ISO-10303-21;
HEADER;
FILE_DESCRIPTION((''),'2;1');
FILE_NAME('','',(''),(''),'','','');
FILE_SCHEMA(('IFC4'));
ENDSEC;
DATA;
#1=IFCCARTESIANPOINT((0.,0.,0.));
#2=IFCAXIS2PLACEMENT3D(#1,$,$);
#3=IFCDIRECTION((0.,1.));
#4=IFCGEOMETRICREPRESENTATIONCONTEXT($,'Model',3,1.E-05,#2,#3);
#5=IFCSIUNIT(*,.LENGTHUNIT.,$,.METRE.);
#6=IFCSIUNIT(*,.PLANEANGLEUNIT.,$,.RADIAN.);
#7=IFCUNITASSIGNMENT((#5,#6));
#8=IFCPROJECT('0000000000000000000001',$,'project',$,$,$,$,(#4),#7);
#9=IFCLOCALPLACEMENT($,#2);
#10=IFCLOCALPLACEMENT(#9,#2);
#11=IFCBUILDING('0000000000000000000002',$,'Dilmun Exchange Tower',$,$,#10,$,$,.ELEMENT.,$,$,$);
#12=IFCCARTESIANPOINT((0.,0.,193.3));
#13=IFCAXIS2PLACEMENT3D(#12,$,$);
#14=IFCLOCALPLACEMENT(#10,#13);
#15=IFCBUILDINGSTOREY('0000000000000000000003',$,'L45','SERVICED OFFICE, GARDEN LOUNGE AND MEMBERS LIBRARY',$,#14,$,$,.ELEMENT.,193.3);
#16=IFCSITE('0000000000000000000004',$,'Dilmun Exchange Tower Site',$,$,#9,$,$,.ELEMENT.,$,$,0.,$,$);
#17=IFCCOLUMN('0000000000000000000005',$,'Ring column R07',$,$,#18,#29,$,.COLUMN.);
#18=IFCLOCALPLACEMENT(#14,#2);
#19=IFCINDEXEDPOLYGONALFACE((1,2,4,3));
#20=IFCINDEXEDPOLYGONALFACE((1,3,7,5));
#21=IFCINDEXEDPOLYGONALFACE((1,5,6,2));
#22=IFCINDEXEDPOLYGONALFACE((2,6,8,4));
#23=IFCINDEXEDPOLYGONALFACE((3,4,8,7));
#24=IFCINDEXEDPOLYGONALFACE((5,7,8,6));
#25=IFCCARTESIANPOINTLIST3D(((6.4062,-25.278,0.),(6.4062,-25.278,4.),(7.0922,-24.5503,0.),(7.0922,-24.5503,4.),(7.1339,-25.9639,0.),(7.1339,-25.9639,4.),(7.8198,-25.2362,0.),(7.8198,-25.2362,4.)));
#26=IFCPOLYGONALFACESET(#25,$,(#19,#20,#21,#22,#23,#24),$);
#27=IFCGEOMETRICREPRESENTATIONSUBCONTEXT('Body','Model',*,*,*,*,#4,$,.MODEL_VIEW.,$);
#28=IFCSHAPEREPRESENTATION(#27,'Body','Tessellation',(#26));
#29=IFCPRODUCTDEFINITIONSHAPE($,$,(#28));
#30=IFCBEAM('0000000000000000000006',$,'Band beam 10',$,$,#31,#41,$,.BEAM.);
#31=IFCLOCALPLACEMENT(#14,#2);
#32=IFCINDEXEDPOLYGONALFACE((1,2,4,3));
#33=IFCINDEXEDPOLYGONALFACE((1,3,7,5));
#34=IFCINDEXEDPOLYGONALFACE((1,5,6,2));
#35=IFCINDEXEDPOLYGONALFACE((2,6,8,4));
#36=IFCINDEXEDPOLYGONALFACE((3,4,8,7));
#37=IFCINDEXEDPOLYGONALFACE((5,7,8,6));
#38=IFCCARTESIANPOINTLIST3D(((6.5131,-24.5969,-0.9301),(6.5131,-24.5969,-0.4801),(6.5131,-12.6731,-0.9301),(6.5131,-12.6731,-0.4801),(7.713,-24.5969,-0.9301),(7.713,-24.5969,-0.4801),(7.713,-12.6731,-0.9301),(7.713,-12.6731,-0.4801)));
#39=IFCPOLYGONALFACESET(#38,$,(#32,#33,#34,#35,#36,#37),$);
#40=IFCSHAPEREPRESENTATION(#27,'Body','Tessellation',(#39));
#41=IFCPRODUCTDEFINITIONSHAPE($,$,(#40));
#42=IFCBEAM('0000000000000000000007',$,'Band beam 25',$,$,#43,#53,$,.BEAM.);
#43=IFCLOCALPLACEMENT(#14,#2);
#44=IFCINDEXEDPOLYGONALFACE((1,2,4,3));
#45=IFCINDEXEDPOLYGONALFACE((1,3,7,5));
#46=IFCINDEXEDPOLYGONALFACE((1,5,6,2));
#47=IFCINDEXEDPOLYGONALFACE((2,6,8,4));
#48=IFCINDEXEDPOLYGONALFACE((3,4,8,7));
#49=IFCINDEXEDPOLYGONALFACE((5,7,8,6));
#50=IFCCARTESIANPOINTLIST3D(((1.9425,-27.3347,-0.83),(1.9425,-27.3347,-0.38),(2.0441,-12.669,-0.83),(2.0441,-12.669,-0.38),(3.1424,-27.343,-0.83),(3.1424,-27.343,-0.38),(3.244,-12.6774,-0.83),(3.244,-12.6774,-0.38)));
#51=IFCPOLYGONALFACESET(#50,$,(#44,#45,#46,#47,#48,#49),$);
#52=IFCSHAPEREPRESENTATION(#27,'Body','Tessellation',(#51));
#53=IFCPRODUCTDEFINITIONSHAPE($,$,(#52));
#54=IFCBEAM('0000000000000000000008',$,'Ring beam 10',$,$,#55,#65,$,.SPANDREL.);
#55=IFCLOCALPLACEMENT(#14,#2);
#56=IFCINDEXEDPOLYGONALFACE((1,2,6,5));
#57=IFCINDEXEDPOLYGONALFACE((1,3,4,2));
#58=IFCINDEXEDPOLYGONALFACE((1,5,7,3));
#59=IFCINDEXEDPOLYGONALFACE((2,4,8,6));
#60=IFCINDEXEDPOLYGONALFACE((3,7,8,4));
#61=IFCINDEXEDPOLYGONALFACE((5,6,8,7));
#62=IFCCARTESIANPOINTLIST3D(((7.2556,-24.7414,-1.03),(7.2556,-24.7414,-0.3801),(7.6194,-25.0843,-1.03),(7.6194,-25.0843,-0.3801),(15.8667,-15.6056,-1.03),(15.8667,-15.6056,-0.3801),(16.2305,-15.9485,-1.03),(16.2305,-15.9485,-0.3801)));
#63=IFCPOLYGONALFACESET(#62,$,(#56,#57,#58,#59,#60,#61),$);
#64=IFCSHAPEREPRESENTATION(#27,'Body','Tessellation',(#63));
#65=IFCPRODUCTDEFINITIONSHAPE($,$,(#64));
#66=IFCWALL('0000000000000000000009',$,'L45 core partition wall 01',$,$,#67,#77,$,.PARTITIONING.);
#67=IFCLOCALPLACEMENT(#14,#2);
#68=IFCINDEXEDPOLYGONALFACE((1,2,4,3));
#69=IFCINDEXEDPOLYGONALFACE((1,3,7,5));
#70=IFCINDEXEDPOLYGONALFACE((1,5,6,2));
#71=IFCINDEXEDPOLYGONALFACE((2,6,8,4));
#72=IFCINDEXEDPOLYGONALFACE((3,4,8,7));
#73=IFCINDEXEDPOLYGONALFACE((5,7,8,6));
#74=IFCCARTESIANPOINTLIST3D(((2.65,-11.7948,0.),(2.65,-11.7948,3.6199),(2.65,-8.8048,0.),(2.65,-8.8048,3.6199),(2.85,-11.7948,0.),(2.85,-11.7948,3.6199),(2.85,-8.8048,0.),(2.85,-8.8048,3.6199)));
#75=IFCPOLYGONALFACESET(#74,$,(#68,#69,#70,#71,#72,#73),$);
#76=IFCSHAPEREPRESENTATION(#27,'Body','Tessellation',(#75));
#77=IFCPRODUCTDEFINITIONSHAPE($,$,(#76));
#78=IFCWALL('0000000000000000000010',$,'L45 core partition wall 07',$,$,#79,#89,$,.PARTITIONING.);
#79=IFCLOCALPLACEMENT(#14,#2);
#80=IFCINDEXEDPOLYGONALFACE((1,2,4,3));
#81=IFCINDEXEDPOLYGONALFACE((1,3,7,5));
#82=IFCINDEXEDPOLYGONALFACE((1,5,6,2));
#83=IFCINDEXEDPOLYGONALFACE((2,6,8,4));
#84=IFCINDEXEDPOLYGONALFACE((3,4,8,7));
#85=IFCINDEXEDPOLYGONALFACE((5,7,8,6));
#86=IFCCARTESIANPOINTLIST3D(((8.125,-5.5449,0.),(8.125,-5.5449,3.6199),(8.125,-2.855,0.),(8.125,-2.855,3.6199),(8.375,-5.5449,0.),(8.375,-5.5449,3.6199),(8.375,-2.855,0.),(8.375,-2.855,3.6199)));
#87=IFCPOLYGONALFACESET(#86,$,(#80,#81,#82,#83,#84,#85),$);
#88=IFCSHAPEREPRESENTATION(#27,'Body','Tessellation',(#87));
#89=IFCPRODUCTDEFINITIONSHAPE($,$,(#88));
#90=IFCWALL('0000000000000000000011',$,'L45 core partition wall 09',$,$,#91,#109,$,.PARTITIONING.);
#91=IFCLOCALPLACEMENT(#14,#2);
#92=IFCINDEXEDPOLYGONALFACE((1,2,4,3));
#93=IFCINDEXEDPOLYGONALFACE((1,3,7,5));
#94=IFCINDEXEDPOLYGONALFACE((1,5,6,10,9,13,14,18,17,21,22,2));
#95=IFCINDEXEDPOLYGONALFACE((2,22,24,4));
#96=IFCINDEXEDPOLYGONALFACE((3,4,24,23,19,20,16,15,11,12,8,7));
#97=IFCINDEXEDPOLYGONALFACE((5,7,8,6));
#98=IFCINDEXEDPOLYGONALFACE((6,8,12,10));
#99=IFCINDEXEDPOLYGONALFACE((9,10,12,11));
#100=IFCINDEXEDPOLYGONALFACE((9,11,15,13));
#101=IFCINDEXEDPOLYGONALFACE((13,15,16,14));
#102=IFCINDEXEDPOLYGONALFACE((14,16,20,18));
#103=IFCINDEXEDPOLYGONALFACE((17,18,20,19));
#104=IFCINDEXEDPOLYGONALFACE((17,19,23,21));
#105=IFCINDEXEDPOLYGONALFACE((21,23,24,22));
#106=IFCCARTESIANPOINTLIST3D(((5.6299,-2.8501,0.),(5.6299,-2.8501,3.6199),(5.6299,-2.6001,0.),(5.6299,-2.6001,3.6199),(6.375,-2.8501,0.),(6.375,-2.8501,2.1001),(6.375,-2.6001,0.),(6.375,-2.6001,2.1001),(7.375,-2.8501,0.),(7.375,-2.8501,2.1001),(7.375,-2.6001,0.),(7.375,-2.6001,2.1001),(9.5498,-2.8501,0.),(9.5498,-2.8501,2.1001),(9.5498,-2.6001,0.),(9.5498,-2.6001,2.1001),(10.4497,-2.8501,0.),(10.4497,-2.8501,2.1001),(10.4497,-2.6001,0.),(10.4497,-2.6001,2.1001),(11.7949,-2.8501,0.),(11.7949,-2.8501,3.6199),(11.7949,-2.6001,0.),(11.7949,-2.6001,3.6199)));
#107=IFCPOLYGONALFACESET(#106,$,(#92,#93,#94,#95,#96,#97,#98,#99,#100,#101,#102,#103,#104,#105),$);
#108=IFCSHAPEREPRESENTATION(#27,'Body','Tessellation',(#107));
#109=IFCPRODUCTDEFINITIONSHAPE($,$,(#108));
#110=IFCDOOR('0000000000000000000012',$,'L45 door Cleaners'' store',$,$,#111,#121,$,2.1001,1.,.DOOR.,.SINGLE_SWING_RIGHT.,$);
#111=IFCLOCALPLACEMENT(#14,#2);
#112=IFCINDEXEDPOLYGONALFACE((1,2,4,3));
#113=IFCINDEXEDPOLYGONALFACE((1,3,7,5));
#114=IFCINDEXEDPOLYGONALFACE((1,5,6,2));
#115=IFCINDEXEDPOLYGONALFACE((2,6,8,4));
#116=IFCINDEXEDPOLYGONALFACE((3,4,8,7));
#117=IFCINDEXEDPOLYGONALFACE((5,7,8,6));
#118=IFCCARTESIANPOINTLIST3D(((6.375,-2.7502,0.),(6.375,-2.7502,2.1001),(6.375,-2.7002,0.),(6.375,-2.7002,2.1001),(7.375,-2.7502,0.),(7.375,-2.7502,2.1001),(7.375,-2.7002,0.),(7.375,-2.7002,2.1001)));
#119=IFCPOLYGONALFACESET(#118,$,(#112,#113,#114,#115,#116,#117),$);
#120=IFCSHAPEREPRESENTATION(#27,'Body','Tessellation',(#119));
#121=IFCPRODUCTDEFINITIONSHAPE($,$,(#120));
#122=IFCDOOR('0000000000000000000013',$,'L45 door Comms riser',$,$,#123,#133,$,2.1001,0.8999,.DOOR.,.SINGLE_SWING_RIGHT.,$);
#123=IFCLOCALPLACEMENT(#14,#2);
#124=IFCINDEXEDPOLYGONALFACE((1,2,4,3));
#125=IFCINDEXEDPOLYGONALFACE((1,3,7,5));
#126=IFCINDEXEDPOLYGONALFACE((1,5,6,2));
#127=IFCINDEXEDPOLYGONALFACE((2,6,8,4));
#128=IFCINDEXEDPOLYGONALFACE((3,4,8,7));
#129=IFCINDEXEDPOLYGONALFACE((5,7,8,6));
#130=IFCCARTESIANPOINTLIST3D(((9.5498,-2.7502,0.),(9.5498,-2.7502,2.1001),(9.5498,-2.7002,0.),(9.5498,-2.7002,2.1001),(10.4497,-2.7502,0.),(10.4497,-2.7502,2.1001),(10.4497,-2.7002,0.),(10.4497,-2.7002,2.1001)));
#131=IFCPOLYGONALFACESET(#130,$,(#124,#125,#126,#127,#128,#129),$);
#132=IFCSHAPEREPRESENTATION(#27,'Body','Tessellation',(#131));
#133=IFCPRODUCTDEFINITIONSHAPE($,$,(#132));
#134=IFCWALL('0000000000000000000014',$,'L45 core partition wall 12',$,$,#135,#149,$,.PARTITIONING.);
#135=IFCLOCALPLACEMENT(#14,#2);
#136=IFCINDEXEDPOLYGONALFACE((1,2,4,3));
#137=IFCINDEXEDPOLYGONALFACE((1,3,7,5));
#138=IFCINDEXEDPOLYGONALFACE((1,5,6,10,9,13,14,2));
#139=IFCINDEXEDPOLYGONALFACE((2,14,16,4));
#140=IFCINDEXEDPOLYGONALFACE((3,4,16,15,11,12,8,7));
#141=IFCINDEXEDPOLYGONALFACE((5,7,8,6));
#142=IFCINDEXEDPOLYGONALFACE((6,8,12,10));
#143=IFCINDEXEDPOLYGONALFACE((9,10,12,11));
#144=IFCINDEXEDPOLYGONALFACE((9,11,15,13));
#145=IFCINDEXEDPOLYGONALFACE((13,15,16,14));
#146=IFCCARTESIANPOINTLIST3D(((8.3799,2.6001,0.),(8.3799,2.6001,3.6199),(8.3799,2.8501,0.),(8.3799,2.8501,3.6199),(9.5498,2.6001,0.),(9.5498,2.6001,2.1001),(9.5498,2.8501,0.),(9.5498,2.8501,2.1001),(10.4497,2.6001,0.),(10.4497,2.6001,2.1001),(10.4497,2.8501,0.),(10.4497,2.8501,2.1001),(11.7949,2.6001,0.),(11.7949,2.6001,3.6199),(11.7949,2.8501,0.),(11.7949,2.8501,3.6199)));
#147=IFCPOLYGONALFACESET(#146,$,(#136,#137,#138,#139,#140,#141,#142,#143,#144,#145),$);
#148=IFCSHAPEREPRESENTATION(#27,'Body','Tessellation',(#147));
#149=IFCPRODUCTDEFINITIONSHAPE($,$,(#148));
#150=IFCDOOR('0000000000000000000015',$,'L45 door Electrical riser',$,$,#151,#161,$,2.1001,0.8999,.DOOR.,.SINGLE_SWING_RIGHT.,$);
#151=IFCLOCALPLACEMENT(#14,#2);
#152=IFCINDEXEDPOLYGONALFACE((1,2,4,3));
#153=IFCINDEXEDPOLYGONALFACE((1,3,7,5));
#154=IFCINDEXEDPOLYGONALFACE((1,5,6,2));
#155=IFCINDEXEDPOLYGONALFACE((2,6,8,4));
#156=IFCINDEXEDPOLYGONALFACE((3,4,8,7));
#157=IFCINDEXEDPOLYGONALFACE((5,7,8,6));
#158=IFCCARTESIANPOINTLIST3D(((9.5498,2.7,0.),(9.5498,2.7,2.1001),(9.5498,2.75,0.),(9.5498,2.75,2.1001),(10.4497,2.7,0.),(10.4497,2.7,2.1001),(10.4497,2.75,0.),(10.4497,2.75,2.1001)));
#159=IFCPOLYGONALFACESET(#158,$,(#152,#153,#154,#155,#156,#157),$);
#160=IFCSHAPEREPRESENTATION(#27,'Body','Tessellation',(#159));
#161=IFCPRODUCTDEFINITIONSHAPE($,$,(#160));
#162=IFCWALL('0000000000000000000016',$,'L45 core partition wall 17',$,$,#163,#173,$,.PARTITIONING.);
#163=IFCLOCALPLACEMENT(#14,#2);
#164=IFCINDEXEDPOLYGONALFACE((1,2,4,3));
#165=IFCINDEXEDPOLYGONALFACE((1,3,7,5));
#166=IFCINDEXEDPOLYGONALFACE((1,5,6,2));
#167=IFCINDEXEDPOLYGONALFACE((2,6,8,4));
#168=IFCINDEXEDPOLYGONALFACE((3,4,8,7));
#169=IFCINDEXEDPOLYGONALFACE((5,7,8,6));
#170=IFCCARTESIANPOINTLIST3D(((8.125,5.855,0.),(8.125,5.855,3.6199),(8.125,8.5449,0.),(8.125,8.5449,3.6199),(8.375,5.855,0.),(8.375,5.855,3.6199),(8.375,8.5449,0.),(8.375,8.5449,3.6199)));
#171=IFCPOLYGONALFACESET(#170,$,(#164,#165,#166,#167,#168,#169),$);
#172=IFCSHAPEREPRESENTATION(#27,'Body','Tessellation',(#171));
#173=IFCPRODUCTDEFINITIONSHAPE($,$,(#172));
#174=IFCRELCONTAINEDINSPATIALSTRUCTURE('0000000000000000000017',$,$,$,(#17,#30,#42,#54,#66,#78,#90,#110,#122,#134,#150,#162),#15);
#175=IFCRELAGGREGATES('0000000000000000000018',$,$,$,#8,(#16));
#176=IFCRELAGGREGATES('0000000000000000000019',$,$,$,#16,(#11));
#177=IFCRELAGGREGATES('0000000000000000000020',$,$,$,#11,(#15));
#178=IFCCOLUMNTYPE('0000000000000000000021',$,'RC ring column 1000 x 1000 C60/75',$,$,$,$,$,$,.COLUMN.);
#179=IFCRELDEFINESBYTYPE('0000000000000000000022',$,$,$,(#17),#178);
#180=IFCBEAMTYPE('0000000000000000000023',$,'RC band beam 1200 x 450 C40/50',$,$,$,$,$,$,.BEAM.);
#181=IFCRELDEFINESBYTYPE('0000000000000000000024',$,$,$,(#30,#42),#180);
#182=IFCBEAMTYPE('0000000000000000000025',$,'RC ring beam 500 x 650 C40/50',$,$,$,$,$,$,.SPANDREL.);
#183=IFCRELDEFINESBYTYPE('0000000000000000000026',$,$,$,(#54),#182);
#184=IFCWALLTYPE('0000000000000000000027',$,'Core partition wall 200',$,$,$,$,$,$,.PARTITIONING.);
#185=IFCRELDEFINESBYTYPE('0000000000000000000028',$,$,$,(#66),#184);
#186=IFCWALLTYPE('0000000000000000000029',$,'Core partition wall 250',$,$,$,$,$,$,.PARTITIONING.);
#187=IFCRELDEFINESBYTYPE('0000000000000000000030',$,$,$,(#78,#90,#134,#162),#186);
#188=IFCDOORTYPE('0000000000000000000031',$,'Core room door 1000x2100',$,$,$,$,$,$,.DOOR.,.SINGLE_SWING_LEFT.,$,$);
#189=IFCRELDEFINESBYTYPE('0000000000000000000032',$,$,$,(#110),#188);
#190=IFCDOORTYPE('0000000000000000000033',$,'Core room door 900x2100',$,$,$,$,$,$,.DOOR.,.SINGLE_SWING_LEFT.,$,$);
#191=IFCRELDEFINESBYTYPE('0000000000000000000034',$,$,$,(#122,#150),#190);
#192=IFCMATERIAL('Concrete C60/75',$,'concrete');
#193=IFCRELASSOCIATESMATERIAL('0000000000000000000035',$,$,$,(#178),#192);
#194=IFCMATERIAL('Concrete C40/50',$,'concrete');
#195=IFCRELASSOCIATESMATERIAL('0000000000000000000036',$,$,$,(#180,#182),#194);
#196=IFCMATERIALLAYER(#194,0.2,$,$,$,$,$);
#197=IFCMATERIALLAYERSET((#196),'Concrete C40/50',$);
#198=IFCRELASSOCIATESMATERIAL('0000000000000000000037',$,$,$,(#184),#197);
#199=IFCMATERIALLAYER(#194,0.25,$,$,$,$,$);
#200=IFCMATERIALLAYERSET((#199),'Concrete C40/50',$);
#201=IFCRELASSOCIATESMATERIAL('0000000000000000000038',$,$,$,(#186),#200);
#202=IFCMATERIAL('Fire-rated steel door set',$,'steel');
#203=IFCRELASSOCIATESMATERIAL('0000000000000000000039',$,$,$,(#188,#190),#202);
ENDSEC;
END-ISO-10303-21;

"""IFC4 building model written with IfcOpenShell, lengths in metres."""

from ifc_helpers import new_model, si_unit, direction, frame, frame_2d, origin, origin_2d, place, context, subcontext, project, spatial, rectangle, extrude, material, layer, layer_set, material_profile, profile_set, type_object, element, fill, save


model = new_model("IFC4")

# Units and contexts
model_context = context("Model", 3, precision=1e-05, world=origin(), true_north=direction((0.0, 1.0)))
body_context = subcontext(model_context, "Body", "Model", "MODEL_VIEW")
ifc_project = project(units=[si_unit("LENGTHUNIT", "METRE"), si_unit("PLANEANGLEUNIT", "RADIAN")], contexts=[model_context])

# Site, building, storey
site_placement = place(None, origin())
site = spatial("IfcSite", under=ifc_project, at=site_placement, Name="Dilmun Exchange Tower Site", CompositionType="ELEMENT", RefElevation=0.0)
building_placement = place(site_placement, origin())
building = spatial("IfcBuilding", under=site, at=building_placement, Name="Dilmun Exchange Tower", CompositionType="ELEMENT")
storey_placement = place(building_placement, frame((0.0, 0.0, 193.3)))
storey = spatial("IfcBuildingStorey", under=building, at=storey_placement, Name="L45", Description="SERVICED OFFICE, GARDEN LOUNGE AND MEMBERS LIBRARY", CompositionType="ELEMENT", Elevation=193.3)

# Column
ifc_material_1 = material(Name="Concrete C60/75", Category="concrete")
ifc_material_profile_1 = material_profile(ifc_material_1, rectangle(XDim=1.0, YDim=1.0, at=origin_2d()), Name="1000 x 1000")
ifc_profile_set_1 = profile_set([ifc_material_profile_1], Name="Concrete C60/75")
column_type = type_object("IfcColumnType", Name="RC ring column 1000 x 1000 C60/75", PredefinedType="COLUMN", material=ifc_profile_set_1)
column_placement = place(storey_placement, frame((7.113, -25.2571, 0.0), z_axis=(0.0, 0.0, 1.0), x_axis=(0.685916, 0.727681, 0.0)))
element("IfcColumn", 1, at=column_placement, inside=storey, type_object=column_type, Name="Ring column R07", PredefinedType="COLUMN", context=body_context, shape_type="SweptSolid", body=[
    extrude(rectangle(XDim=1.0, YDim=1.0, at=origin_2d()), origin(), (0.0, 0.0, 1.0), 4.0),
])

# Beams
ifc_material_2 = material(Name="Concrete C40/50", Category="concrete")
ifc_material_profile_2 = material_profile(ifc_material_2, rectangle(XDim=1.2, YDim=0.45, at=origin_2d()), Name="1200 x 450")
ifc_profile_set_2 = profile_set([ifc_material_profile_2], Name="Concrete C40/50")
beam_type_1 = type_object("IfcBeamType", Name="RC band beam 1200 x 450 C40/50", PredefinedType="BEAM", material=ifc_profile_set_2)
beam_1_placement = place(storey_placement, frame((7.113, -24.5969, -0.7051), z_axis=(0.0, 1.0, 0.0), x_axis=(-1.0, 0.0, 0.0)))
element("IfcBeam", 2, at=beam_1_placement, inside=storey, type_object=beam_type_1, Name="Band beam 10", PredefinedType="BEAM", context=body_context, shape_type="SweptSolid", body=[
    extrude(rectangle(XDim=1.2, YDim=0.45, at=origin_2d()), origin(), (0.0, 0.0, 1.0), 11.9238),
])
beam_2_placement = place(storey_placement, frame((2.5425, -27.3389, -0.605), z_axis=(0.006925, 0.999976, 0.0), x_axis=(-0.999976, 0.006925, 0.0)))
element("IfcBeam", 3, at=beam_2_placement, inside=storey, type_object=beam_type_1, Name="Band beam 25", PredefinedType="BEAM", context=body_context, shape_type="SweptSolid", body=[
    extrude(rectangle(XDim=1.2, YDim=0.45, at=origin_2d()), origin(), (0.0, 0.0, 1.0), 14.666),
])
ifc_material_profile_3 = material_profile(ifc_material_2, rectangle(XDim=0.5, YDim=0.6499, at=origin_2d()), Name="500 x 650")
ifc_profile_set_3 = profile_set([ifc_material_profile_3], Name="Concrete C40/50")
beam_type_2 = type_object("IfcBeamType", Name="RC ring beam 500 x 650 C40/50", PredefinedType="SPANDREL", material=ifc_profile_set_3)
beam_3_placement = place(storey_placement, frame((7.4375, -24.9128, -0.7051), z_axis=(0.685903, 0.727693, 0.0), x_axis=(-0.727693, 0.685903, 0.0)))
element("IfcBeam", 4, at=beam_3_placement, inside=storey, type_object=beam_type_2, Name="Ring beam 10", PredefinedType="SPANDREL", context=body_context, shape_type="SweptSolid", body=[
    extrude(rectangle(XDim=0.5, YDim=0.6499, at=origin_2d()), origin(), (0.0, 0.0, 1.0), 12.5544),
])

# Walls
ifc_layer_1 = layer(ifc_material_2, 0.2)
ifc_layer_set_1 = layer_set([ifc_layer_1], Name="Concrete C40/50")
wall_type_1 = type_object("IfcWallType", Name="Core partition wall 200", PredefinedType="PARTITIONING", material=ifc_layer_set_1)
wall_1_placement = place(storey_placement, frame((2.75, -11.7949, 0.0), z_axis=(0.0, 0.0, 1.0), x_axis=(0.0, 1.0, 0.0)))
element("IfcWall", 5, at=wall_1_placement, inside=storey, type_object=wall_type_1, Name="L45 core partition wall 01", PredefinedType="PARTITIONING", context=body_context, shape_type="SweptSolid", body=[
    extrude(rectangle(XDim=2.99, YDim=0.2, at=frame_2d((1.4951, 0.0))), origin(), (0.0, 0.0, 1.0), 3.6199),
])
ifc_layer_2 = layer(ifc_material_2, 0.25)
ifc_layer_set_2 = layer_set([ifc_layer_2], Name="Concrete C40/50")
wall_type_2 = type_object("IfcWallType", Name="Core partition wall 250", PredefinedType="PARTITIONING", material=ifc_layer_set_2)
wall_2_placement = place(storey_placement, frame((8.25, -5.5449, 0.0), z_axis=(0.0, 0.0, 1.0), x_axis=(0.0, 1.0, 0.0)))
element("IfcWall", 6, at=wall_2_placement, inside=storey, type_object=wall_type_2, Name="L45 core partition wall 07", PredefinedType="PARTITIONING", context=body_context, shape_type="SweptSolid", body=[
    extrude(rectangle(XDim=2.6899, YDim=0.25, at=frame_2d((1.345, 0.0))), origin(), (0.0, 0.0, 1.0), 3.6199),
])

# Wall, openings, doors
wall_3_placement = place(storey_placement, frame((5.6299, -2.7251, 0.0), z_axis=(0.0, 0.0, 1.0), x_axis=(1.0, 0.0, 0.0)))
wall_3 = element("IfcWall", 7, at=wall_3_placement, inside=storey, type_object=wall_type_2, Name="L45 core partition wall 09", PredefinedType="PARTITIONING", context=body_context, shape_type="SweptSolid", body=[
    extrude(rectangle(XDim=6.165, YDim=0.25, at=frame_2d((3.0825, 0.0))), origin(), (0.0, 0.0, 1.0), 3.6199),
])
opening_1_placement = place(wall_3_placement, frame((0.7451, 0.0, 0.0)))
opening_1 = element("IfcOpeningElement", 8, at=opening_1_placement, cuts=wall_3, PredefinedType="OPENING", context=body_context, shape_type="SweptSolid", body=[
    extrude(rectangle(XDim=1.0, YDim=2.1001, at=frame_2d((0.5, 1.05))), frame((0.0, 0.135, 0.0), z_axis=(0.0, -1.0, 0.0), x_axis=(1.0, 0.0, 0.0)), (0.0, 0.0, 1.0), 0.27),
])
opening_2_placement = place(wall_3_placement, frame((3.9199, 0.0, 0.0)))
opening_2 = element("IfcOpeningElement", 9, at=opening_2_placement, cuts=wall_3, PredefinedType="OPENING", context=body_context, shape_type="SweptSolid", body=[
    extrude(rectangle(XDim=0.8999, YDim=2.1001, at=frame_2d((0.45, 1.05))), frame((0.0, 0.135, 0.0), z_axis=(0.0, -1.0, 0.0), x_axis=(1.0, 0.0, 0.0)), (0.0, 0.0, 1.0), 0.27),
])
ifc_material_3 = material(Name="Fire-rated steel door set", Category="steel")
door_type_1 = type_object("IfcDoorType", Name="Core room door 1000x2100", OperationType="SINGLE_SWING_LEFT", PredefinedType="DOOR", material=ifc_material_3)
door_1_placement = place(opening_1_placement, origin())
door_1 = element("IfcDoor", 10, at=door_1_placement, inside=storey, type_object=door_type_1, Name="L45 door Cleaners' store", OperationType="SINGLE_SWING_RIGHT", OverallHeight=2.1001, OverallWidth=1.0, PredefinedType="DOOR", context=body_context, shape_type="SweptSolid", body=[
    extrude(rectangle(XDim=1.0, YDim=2.1001, at=frame_2d((0.5, 1.05))), frame((0.0, 0.0249, 0.0), z_axis=(0.0, -1.0, 0.0), x_axis=(1.0, 0.0, 0.0)), (0.0, 0.0, 1.0), 0.05),
])
fill(opening_1, door_1)
door_type_2 = type_object("IfcDoorType", Name="Core room door 900x2100", OperationType="SINGLE_SWING_LEFT", PredefinedType="DOOR", material=ifc_material_3)
door_2_placement = place(opening_2_placement, origin())
door_2 = element("IfcDoor", 11, at=door_2_placement, inside=storey, type_object=door_type_2, Name="L45 door Comms riser", OperationType="SINGLE_SWING_RIGHT", OverallHeight=2.1001, OverallWidth=0.8999, PredefinedType="DOOR", context=body_context, shape_type="SweptSolid", body=[
    extrude(rectangle(XDim=0.8999, YDim=2.1001, at=frame_2d((0.45, 1.05))), frame((0.0, 0.0249, 0.0), z_axis=(0.0, -1.0, 0.0), x_axis=(1.0, 0.0, 0.0)), (0.0, 0.0, 1.0), 0.05),
])
fill(opening_2, door_2)

# Wall, opening, door
wall_4_placement = place(storey_placement, frame((8.3799, 2.7251, 0.0), z_axis=(0.0, 0.0, 1.0), x_axis=(1.0, 0.0, 0.0)))
wall_4 = element("IfcWall", 12, at=wall_4_placement, inside=storey, type_object=wall_type_2, Name="L45 core partition wall 12", PredefinedType="PARTITIONING", context=body_context, shape_type="SweptSolid", body=[
    extrude(rectangle(XDim=3.415, YDim=0.25, at=frame_2d((1.7075, 0.0))), origin(), (0.0, 0.0, 1.0), 3.6199),
])
opening_3_placement = place(wall_4_placement, frame((1.1699, 0.0, 0.0)))
opening_3 = element("IfcOpeningElement", 13, at=opening_3_placement, cuts=wall_4, PredefinedType="OPENING", context=body_context, shape_type="SweptSolid", body=[
    extrude(rectangle(XDim=0.8999, YDim=2.1001, at=frame_2d((0.45, 1.05))), frame((0.0, 0.135, 0.0), z_axis=(0.0, -1.0, 0.0), x_axis=(1.0, 0.0, 0.0)), (0.0, 0.0, 1.0), 0.27),
])
door_3_placement = place(opening_3_placement, origin())
door_3 = element("IfcDoor", 14, at=door_3_placement, inside=storey, type_object=door_type_2, Name="L45 door Electrical riser", OperationType="SINGLE_SWING_RIGHT", OverallHeight=2.1001, OverallWidth=0.8999, PredefinedType="DOOR", context=body_context, shape_type="SweptSolid", body=[
    extrude(rectangle(XDim=0.8999, YDim=2.1001, at=frame_2d((0.45, 1.05))), frame((0.0, 0.0249, 0.0), z_axis=(0.0, -1.0, 0.0), x_axis=(1.0, 0.0, 0.0)), (0.0, 0.0, 1.0), 0.05),
])
fill(opening_3, door_3)

# Wall
wall_5_placement = place(storey_placement, frame((8.25, 5.855, 0.0), z_axis=(0.0, 0.0, 1.0), x_axis=(0.0, 1.0, 0.0)))
element("IfcWall", 15, at=wall_5_placement, inside=storey, type_object=wall_type_2, Name="L45 core partition wall 17", PredefinedType="PARTITIONING", context=body_context, shape_type="SweptSolid", body=[
    extrude(rectangle(XDim=2.6899, YDim=0.25, at=frame_2d((1.345, 0.0))), origin(), (0.0, 0.0, 1.0), 3.6199),
])

save(model, "model.ifc")
